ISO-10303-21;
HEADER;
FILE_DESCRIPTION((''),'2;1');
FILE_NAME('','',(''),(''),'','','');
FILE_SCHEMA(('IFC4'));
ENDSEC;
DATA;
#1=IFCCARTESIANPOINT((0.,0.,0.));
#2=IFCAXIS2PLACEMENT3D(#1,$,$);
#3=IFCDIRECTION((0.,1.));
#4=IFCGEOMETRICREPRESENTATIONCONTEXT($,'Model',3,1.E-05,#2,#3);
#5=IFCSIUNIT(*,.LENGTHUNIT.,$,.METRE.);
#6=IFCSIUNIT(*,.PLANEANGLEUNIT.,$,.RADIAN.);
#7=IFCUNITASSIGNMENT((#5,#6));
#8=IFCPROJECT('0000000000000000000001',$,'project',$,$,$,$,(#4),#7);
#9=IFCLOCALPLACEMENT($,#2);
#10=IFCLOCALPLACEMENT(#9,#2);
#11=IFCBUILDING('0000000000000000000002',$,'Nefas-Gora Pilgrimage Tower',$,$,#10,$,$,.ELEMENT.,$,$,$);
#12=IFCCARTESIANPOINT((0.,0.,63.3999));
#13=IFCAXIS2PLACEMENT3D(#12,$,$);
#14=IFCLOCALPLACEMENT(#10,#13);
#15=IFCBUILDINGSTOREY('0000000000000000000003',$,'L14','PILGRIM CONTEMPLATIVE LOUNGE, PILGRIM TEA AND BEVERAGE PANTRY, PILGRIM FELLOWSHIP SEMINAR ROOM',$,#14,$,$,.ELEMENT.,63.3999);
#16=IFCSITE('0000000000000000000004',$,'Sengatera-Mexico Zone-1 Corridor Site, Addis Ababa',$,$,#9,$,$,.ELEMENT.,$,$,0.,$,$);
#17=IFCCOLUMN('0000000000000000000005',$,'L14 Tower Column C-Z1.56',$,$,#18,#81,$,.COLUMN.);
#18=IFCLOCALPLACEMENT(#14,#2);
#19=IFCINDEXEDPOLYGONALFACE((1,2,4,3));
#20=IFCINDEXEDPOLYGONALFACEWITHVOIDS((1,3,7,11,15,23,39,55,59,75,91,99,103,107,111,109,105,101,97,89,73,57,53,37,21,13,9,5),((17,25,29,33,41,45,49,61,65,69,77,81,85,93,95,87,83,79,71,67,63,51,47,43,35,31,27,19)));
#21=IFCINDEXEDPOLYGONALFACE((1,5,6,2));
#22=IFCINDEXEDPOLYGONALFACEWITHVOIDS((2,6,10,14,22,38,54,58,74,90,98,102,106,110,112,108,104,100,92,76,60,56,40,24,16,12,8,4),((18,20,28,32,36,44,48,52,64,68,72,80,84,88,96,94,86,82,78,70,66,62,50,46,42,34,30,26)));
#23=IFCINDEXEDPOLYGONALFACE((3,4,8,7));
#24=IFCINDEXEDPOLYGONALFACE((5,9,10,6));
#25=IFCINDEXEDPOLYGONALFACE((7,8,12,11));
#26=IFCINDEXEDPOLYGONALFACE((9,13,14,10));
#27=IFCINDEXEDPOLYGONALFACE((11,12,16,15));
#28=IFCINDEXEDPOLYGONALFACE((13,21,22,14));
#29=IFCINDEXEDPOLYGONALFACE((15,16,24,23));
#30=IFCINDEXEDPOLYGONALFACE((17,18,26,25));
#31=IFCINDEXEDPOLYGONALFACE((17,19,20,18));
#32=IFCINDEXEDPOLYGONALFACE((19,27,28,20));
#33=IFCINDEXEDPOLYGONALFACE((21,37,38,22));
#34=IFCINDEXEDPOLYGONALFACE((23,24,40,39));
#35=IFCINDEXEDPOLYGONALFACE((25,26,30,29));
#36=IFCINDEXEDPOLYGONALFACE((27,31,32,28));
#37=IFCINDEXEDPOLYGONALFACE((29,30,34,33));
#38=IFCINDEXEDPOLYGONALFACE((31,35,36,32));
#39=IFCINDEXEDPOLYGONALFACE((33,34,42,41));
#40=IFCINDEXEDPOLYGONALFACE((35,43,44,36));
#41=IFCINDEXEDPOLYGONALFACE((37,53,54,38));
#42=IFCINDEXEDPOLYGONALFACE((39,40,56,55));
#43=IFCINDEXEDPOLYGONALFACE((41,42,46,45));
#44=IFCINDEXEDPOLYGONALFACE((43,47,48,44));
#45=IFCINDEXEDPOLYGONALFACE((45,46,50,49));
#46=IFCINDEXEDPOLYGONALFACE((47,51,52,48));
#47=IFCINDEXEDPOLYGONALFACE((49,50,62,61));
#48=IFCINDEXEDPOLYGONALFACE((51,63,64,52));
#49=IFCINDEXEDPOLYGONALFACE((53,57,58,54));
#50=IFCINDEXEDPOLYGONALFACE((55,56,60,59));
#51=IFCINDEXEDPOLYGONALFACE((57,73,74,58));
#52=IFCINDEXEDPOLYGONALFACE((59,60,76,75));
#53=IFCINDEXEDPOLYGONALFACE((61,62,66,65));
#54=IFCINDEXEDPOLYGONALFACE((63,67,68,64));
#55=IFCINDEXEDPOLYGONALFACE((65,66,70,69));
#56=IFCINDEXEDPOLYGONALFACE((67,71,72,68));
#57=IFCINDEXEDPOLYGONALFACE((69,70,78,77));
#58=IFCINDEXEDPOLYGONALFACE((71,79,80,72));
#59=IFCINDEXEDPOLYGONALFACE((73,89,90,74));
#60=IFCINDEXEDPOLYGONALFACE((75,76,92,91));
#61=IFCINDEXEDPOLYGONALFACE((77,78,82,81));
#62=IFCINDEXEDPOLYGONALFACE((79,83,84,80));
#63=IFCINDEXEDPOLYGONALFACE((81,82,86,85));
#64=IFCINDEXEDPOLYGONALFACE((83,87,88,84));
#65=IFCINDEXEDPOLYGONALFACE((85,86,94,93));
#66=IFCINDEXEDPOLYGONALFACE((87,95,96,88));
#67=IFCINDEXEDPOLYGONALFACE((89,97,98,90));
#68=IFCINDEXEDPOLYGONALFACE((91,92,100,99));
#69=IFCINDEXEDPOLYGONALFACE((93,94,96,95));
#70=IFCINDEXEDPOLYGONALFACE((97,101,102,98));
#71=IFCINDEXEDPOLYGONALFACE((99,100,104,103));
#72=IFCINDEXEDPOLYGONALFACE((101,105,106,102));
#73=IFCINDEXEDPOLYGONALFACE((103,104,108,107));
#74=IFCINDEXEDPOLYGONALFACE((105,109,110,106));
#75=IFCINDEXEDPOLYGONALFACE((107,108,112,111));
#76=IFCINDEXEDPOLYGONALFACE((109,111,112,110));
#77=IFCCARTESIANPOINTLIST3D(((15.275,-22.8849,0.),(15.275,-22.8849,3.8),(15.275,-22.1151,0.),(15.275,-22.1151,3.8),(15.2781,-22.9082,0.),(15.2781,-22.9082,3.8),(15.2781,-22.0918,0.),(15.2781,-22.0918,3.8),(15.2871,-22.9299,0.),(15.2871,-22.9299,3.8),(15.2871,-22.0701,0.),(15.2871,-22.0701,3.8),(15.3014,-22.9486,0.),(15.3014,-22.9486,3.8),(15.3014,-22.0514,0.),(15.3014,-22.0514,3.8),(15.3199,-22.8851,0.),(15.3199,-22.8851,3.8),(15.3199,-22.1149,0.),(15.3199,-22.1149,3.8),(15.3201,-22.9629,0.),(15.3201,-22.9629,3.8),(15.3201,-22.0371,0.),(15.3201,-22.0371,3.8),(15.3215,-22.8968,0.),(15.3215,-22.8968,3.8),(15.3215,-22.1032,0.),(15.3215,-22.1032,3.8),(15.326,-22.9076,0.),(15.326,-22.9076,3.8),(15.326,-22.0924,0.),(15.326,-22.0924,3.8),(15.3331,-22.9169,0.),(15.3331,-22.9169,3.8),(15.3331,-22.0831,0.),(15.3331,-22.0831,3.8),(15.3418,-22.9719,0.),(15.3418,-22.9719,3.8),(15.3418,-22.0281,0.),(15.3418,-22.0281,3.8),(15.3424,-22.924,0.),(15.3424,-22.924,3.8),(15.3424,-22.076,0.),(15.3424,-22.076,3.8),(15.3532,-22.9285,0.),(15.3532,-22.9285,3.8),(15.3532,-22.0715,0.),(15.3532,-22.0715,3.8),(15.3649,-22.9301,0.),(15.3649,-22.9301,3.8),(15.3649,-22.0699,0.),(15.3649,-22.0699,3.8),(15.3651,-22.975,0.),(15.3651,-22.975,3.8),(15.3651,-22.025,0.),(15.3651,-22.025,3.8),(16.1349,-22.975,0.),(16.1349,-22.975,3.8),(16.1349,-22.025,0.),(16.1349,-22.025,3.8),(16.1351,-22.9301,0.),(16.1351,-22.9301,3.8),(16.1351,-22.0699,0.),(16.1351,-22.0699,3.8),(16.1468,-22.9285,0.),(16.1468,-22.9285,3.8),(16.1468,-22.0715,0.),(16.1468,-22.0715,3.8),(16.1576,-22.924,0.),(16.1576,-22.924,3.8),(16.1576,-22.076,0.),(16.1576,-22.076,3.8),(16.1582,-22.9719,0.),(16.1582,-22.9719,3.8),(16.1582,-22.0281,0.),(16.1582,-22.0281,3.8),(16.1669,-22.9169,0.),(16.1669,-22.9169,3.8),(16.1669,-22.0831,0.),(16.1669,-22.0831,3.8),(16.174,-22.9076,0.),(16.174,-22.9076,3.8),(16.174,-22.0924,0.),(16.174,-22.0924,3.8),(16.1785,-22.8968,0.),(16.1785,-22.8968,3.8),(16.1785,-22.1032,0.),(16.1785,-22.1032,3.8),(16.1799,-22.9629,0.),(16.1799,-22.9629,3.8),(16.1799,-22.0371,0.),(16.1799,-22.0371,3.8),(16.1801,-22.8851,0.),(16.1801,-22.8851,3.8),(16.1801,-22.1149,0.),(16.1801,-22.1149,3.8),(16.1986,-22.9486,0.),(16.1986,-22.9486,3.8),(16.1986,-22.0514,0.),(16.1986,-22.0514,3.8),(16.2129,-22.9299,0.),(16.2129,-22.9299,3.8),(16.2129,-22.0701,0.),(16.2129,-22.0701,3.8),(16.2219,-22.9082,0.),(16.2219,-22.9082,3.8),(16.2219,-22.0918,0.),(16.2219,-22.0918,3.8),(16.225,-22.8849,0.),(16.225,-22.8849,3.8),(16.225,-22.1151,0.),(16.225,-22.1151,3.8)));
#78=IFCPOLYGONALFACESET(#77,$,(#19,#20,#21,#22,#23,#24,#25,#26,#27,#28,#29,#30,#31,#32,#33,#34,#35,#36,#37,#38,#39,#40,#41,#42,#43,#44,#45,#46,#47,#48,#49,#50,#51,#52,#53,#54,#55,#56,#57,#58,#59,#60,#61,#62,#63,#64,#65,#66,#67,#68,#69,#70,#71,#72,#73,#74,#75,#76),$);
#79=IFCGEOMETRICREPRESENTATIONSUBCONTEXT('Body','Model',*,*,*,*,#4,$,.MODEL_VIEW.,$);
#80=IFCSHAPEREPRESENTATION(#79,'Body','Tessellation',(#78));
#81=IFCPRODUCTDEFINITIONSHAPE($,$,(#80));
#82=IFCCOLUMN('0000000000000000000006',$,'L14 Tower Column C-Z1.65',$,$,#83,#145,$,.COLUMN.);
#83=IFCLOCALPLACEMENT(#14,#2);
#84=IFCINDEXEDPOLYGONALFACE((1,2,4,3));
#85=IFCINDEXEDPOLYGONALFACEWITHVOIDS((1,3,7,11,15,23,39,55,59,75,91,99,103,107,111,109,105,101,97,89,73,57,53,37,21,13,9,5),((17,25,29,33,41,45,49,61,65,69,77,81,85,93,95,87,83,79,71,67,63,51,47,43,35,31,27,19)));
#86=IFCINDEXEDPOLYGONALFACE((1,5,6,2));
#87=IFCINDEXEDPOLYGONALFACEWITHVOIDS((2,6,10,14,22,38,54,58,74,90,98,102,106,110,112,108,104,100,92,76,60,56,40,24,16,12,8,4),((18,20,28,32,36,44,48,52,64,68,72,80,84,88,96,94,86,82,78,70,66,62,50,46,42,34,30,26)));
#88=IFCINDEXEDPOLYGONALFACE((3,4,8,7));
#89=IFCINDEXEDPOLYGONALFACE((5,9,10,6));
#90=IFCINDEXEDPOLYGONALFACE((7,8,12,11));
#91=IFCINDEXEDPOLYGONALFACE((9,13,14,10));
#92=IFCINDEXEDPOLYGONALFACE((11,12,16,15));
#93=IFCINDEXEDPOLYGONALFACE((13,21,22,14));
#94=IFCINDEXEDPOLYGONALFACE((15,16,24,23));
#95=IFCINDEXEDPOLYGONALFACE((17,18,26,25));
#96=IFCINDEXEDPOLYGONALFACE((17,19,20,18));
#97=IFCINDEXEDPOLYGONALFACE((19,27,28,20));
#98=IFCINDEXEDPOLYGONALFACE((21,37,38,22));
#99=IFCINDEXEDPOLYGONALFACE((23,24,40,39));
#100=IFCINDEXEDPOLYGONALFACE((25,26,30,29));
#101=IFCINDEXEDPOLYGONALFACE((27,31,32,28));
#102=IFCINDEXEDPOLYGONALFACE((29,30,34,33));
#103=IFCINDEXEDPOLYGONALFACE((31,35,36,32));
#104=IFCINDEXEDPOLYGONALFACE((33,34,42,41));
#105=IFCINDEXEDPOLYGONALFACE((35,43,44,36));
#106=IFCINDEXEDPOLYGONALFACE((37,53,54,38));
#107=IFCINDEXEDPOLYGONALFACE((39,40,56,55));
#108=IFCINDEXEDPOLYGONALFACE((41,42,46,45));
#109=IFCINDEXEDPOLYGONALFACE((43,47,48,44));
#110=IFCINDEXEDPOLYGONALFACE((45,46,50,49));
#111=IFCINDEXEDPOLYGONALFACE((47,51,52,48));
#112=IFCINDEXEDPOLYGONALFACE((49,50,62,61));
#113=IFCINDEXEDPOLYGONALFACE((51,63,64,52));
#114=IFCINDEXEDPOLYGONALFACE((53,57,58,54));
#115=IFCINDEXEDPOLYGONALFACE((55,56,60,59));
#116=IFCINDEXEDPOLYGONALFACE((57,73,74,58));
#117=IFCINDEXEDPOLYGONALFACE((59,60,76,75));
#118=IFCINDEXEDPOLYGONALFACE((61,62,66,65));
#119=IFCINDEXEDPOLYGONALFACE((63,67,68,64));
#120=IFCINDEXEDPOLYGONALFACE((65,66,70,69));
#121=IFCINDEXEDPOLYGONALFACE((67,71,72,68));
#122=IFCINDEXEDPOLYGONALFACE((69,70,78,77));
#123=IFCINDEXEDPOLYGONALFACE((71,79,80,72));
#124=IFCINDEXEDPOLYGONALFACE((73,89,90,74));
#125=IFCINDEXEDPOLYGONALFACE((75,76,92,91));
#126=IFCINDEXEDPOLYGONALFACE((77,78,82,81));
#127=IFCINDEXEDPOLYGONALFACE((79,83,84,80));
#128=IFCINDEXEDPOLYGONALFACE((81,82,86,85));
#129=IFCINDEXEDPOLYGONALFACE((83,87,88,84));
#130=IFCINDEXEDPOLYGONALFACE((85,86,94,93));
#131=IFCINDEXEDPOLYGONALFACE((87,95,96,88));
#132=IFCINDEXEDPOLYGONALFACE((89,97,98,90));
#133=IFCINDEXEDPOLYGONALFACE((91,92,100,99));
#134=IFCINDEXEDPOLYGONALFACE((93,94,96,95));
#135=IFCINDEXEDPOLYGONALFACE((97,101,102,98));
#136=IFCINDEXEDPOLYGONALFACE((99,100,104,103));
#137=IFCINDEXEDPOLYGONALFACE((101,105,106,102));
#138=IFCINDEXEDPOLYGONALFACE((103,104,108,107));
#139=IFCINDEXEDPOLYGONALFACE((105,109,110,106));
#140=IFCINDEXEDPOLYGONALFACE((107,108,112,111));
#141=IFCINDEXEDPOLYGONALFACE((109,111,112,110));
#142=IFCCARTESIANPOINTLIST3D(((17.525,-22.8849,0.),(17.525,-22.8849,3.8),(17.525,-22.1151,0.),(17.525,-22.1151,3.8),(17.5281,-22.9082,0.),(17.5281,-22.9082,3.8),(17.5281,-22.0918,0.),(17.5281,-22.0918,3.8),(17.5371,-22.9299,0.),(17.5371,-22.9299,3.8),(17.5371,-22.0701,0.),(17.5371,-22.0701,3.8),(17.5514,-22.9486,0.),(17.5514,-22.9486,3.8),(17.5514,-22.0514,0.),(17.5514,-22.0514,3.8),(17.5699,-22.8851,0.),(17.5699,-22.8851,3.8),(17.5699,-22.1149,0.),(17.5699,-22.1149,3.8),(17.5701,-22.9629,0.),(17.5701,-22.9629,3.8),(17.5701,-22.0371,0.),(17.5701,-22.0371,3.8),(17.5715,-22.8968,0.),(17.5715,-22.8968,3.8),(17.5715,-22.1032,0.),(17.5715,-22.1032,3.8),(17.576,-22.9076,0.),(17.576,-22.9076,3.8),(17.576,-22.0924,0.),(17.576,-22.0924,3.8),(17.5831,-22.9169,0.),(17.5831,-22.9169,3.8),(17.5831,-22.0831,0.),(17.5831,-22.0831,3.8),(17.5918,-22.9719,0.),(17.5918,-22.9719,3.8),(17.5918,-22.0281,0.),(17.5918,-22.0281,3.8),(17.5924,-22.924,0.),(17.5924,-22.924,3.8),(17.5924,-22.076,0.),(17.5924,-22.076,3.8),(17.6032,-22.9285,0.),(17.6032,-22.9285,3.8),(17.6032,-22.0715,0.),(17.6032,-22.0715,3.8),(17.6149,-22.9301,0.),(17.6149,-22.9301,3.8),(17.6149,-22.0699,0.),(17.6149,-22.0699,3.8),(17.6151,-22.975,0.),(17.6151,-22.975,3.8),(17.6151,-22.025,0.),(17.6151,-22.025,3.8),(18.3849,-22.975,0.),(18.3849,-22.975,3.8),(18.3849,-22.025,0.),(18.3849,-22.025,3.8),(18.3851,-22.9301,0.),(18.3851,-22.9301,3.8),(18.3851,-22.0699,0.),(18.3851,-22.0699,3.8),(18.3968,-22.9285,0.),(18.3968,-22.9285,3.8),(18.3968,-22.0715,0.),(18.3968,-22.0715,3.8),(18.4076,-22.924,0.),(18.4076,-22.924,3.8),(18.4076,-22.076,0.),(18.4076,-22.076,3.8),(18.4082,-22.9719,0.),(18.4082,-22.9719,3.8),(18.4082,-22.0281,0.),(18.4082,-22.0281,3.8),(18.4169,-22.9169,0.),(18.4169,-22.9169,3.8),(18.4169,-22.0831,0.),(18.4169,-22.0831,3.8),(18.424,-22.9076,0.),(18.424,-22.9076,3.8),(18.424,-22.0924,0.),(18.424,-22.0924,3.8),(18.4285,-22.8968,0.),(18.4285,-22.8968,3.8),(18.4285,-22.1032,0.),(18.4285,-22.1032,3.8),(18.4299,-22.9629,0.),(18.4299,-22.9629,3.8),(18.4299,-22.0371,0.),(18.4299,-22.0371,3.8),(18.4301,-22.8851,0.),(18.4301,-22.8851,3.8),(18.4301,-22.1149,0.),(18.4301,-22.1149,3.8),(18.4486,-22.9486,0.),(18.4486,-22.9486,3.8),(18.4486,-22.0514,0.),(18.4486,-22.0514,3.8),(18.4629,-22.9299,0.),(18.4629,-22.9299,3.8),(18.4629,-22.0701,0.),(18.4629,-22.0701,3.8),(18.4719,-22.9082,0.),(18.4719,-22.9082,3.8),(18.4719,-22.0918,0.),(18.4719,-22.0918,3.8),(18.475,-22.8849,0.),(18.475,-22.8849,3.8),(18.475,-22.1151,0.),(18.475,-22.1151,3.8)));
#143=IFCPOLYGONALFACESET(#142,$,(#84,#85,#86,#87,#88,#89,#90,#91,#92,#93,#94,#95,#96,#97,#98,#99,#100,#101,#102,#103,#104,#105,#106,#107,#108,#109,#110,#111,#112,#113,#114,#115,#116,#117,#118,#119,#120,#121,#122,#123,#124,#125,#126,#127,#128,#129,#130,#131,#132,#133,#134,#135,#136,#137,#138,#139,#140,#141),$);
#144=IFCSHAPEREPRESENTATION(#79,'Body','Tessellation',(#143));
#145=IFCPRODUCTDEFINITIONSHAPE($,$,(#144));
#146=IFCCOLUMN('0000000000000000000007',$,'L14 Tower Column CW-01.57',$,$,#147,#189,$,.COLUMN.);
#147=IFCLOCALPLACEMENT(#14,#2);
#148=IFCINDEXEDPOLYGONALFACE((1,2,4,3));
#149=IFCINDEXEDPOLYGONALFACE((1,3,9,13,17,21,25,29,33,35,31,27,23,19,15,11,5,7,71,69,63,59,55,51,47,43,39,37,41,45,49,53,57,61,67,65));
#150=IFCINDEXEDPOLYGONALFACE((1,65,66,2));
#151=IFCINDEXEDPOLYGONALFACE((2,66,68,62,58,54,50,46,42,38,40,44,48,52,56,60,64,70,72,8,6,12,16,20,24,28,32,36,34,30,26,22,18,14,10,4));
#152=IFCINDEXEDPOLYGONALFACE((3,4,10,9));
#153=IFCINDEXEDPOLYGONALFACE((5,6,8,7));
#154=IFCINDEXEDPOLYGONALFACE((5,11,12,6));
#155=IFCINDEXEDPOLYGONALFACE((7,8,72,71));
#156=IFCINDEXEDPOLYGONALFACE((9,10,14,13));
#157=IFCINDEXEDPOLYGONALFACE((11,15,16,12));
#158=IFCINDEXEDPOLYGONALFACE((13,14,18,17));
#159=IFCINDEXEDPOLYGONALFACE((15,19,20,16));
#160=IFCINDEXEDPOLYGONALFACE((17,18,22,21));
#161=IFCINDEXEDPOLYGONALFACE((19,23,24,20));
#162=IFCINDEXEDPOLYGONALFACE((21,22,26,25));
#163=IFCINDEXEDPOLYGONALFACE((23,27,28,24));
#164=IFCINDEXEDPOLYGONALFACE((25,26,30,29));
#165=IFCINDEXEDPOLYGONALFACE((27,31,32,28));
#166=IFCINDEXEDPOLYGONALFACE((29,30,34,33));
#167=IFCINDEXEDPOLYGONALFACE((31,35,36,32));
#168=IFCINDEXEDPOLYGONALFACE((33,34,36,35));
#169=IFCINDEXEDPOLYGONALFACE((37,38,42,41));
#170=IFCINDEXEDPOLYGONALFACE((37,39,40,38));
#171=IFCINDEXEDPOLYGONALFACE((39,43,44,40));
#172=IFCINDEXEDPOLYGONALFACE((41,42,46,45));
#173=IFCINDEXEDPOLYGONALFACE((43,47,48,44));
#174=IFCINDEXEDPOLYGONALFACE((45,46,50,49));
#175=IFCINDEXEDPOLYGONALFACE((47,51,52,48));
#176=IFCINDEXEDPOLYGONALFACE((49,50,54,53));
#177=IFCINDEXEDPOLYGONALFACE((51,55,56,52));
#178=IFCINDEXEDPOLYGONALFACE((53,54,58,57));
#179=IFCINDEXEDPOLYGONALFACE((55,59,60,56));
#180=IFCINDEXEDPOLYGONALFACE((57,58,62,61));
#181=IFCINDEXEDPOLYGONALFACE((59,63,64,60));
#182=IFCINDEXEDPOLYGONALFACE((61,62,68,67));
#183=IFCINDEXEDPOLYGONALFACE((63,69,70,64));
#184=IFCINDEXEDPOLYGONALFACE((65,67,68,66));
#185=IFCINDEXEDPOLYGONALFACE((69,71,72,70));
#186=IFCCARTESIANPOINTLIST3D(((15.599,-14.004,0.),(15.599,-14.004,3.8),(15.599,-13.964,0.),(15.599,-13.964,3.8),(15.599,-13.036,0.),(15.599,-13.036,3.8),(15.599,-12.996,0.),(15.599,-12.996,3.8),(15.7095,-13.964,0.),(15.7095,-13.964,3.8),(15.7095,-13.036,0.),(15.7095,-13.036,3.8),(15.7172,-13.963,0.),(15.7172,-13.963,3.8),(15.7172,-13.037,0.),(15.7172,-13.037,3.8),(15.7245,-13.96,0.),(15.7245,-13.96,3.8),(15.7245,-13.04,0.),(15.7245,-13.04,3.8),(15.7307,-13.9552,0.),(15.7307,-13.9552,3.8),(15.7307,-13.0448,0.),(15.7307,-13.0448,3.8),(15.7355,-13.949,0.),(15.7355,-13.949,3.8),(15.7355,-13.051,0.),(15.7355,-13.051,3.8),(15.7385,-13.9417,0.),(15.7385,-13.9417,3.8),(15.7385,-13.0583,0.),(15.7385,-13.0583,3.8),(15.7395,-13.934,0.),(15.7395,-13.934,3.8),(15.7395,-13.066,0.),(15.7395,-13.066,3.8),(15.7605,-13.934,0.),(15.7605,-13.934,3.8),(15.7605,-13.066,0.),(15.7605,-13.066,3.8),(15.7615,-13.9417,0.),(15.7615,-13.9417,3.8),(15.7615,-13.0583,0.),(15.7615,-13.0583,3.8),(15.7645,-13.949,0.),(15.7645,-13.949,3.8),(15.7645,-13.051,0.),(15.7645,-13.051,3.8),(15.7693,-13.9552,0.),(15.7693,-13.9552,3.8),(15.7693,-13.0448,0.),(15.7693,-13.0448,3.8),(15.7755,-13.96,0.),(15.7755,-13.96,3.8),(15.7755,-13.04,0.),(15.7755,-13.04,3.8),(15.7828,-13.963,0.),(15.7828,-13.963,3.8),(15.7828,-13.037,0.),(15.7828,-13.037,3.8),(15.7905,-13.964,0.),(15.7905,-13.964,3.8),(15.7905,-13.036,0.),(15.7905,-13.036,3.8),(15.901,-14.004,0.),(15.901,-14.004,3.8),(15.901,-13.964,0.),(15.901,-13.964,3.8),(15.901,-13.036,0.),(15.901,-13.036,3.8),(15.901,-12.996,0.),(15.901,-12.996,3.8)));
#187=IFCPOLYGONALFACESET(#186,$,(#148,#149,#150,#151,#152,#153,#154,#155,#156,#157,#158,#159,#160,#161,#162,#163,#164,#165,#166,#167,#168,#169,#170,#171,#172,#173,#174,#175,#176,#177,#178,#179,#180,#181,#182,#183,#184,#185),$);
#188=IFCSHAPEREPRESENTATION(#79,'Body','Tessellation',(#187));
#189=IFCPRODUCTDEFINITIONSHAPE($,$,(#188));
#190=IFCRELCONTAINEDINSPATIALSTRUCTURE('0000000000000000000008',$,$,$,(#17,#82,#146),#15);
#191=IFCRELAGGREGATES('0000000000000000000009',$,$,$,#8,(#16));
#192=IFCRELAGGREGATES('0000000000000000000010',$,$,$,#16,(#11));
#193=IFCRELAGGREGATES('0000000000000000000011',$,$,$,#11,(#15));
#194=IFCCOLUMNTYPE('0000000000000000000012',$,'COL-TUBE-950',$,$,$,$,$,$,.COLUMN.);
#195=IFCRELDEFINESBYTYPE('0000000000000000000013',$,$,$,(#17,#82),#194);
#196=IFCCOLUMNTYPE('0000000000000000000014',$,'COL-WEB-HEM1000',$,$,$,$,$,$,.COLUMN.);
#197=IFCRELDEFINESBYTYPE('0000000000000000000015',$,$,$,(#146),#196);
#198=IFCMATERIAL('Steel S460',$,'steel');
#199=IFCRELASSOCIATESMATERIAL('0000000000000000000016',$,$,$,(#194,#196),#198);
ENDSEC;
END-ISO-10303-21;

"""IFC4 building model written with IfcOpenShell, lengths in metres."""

from ifc_helpers import new_model, si_unit, direction, frame, origin, origin_2d, place, context, subcontext, project, spatial, hollow_rectangle, i_section, extrude, source, transform, mapped, material, material_profile, profile_set, type_object, element, save


model = new_model("IFC4")

# Units and contexts
model_context = context("Model", 3, precision=1e-05, world=origin(), true_north=direction((0.0, 1.0)))
body_context = subcontext(model_context, "Body", "Model", "MODEL_VIEW")
ifc_project = project(units=[si_unit("LENGTHUNIT", "METRE"), si_unit("PLANEANGLEUNIT", "RADIAN")], contexts=[model_context])

# Site, building, storey
site_placement = place(None, origin())
site = spatial("IfcSite", under=ifc_project, at=site_placement, Name="Sengatera-Mexico Zone-1 Corridor Site, Addis Ababa", CompositionType="ELEMENT", RefElevation=0.0)
building_placement = place(site_placement, origin())
building = spatial("IfcBuilding", under=site, at=building_placement, Name="Nefas-Gora Pilgrimage Tower", CompositionType="ELEMENT")
storey_placement = place(building_placement, frame((0.0, 0.0, 63.3999)))
storey = spatial("IfcBuildingStorey", under=building, at=storey_placement, Name="L14", Description="PILGRIM CONTEMPLATIVE LOUNGE, PILGRIM TEA AND BEVERAGE PANTRY, PILGRIM FELLOWSHIP SEMINAR ROOM", CompositionType="ELEMENT", Elevation=63.3999)

# Columns
ifc_material_1 = material(Name="Steel S460", Category="steel")
ifc_material_profile_1 = material_profile(ifc_material_1, hollow_rectangle(XDim=0.95, YDim=0.95, WallThickness=0.0449, InnerFilletRadius=0.0449, OuterFilletRadius=0.0901, at=origin_2d()), Name="BOX 950x950x45")
ifc_profile_set_1 = profile_set([ifc_material_profile_1], Name="Steel S460")
column_type_1 = type_object("IfcColumnType", Name="COL-TUBE-950", PredefinedType="COLUMN", material=ifc_profile_set_1)
shared_shape_1 = source(origin(), body_context, "Body", "SweptSolid", [
    extrude(hollow_rectangle(XDim=0.95, YDim=0.95, WallThickness=0.0449, InnerFilletRadius=0.0449, OuterFilletRadius=0.0901, at=origin_2d()), origin(), (0.0, 0.0, 1.0), 3.8),
])
for number, where, z_axis, x_axis, name in (
    (1, (15.75, -22.5, 0.0), (0.0, 0.0, 1.0), (1.0, 0.0, 0.0), "L14 Tower Column C-Z1.56"),
    (2, (18.0, -22.5, 0.0), (0.0, 0.0, 1.0), (1.0, 0.0, 0.0), "L14 Tower Column C-Z1.65"),
):
    element("IfcColumn", number, at=place(storey_placement, frame(where, z_axis=z_axis, x_axis=x_axis)), inside=storey, type_object=column_type_1, Name=name, PredefinedType="COLUMN", context=body_context, shape_type="MappedRepresentation", body=[
        mapped(shared_shape_1, transform((0.0, 0.0, 0.0), x_axis=(1.0, 0.0, 0.0), y_axis=(0.0, 1.0, 0.0), z_axis=(0.0, 0.0, 1.0), scale=1.0)),
    ])
ifc_material_profile_2 = material_profile(ifc_material_1, i_section(OverallWidth=0.302, OverallDepth=1.0081, WebThickness=0.021, FlangeThickness=0.04, FilletRadius=0.03, at=origin_2d()), Name="HEM 1000")
ifc_profile_set_2 = profile_set([ifc_material_profile_2], Name="Steel S460")
column_type_2 = type_object("IfcColumnType", Name="COL-WEB-HEM1000", PredefinedType="COLUMN", material=ifc_profile_set_2)
shared_shape_2 = source(origin(), body_context, "Body", "SweptSolid", [
    extrude(i_section(OverallWidth=0.302, OverallDepth=1.0081, WebThickness=0.021, FlangeThickness=0.04, FilletRadius=0.03, at=origin_2d()), origin(), (0.0, 0.0, 1.0), 3.8),
])
for number, where, z_axis, x_axis, name in (
    (3, (15.75, -13.5, 0.0), (0.0, 0.0, 1.0), (1.0, 0.0, 0.0), "L14 Tower Column CW-01.57"),
):
    element("IfcColumn", number, at=place(storey_placement, frame(where, z_axis=z_axis, x_axis=x_axis)), inside=storey, type_object=column_type_2, Name=name, PredefinedType="COLUMN", context=body_context, shape_type="MappedRepresentation", body=[
        mapped(shared_shape_2, transform((0.0, 0.0, 0.0), x_axis=(1.0, 0.0, 0.0), y_axis=(0.0, 1.0, 0.0), z_axis=(0.0, 0.0, 1.0), scale=1.0)),
    ])

save(model, "model.ifc")
